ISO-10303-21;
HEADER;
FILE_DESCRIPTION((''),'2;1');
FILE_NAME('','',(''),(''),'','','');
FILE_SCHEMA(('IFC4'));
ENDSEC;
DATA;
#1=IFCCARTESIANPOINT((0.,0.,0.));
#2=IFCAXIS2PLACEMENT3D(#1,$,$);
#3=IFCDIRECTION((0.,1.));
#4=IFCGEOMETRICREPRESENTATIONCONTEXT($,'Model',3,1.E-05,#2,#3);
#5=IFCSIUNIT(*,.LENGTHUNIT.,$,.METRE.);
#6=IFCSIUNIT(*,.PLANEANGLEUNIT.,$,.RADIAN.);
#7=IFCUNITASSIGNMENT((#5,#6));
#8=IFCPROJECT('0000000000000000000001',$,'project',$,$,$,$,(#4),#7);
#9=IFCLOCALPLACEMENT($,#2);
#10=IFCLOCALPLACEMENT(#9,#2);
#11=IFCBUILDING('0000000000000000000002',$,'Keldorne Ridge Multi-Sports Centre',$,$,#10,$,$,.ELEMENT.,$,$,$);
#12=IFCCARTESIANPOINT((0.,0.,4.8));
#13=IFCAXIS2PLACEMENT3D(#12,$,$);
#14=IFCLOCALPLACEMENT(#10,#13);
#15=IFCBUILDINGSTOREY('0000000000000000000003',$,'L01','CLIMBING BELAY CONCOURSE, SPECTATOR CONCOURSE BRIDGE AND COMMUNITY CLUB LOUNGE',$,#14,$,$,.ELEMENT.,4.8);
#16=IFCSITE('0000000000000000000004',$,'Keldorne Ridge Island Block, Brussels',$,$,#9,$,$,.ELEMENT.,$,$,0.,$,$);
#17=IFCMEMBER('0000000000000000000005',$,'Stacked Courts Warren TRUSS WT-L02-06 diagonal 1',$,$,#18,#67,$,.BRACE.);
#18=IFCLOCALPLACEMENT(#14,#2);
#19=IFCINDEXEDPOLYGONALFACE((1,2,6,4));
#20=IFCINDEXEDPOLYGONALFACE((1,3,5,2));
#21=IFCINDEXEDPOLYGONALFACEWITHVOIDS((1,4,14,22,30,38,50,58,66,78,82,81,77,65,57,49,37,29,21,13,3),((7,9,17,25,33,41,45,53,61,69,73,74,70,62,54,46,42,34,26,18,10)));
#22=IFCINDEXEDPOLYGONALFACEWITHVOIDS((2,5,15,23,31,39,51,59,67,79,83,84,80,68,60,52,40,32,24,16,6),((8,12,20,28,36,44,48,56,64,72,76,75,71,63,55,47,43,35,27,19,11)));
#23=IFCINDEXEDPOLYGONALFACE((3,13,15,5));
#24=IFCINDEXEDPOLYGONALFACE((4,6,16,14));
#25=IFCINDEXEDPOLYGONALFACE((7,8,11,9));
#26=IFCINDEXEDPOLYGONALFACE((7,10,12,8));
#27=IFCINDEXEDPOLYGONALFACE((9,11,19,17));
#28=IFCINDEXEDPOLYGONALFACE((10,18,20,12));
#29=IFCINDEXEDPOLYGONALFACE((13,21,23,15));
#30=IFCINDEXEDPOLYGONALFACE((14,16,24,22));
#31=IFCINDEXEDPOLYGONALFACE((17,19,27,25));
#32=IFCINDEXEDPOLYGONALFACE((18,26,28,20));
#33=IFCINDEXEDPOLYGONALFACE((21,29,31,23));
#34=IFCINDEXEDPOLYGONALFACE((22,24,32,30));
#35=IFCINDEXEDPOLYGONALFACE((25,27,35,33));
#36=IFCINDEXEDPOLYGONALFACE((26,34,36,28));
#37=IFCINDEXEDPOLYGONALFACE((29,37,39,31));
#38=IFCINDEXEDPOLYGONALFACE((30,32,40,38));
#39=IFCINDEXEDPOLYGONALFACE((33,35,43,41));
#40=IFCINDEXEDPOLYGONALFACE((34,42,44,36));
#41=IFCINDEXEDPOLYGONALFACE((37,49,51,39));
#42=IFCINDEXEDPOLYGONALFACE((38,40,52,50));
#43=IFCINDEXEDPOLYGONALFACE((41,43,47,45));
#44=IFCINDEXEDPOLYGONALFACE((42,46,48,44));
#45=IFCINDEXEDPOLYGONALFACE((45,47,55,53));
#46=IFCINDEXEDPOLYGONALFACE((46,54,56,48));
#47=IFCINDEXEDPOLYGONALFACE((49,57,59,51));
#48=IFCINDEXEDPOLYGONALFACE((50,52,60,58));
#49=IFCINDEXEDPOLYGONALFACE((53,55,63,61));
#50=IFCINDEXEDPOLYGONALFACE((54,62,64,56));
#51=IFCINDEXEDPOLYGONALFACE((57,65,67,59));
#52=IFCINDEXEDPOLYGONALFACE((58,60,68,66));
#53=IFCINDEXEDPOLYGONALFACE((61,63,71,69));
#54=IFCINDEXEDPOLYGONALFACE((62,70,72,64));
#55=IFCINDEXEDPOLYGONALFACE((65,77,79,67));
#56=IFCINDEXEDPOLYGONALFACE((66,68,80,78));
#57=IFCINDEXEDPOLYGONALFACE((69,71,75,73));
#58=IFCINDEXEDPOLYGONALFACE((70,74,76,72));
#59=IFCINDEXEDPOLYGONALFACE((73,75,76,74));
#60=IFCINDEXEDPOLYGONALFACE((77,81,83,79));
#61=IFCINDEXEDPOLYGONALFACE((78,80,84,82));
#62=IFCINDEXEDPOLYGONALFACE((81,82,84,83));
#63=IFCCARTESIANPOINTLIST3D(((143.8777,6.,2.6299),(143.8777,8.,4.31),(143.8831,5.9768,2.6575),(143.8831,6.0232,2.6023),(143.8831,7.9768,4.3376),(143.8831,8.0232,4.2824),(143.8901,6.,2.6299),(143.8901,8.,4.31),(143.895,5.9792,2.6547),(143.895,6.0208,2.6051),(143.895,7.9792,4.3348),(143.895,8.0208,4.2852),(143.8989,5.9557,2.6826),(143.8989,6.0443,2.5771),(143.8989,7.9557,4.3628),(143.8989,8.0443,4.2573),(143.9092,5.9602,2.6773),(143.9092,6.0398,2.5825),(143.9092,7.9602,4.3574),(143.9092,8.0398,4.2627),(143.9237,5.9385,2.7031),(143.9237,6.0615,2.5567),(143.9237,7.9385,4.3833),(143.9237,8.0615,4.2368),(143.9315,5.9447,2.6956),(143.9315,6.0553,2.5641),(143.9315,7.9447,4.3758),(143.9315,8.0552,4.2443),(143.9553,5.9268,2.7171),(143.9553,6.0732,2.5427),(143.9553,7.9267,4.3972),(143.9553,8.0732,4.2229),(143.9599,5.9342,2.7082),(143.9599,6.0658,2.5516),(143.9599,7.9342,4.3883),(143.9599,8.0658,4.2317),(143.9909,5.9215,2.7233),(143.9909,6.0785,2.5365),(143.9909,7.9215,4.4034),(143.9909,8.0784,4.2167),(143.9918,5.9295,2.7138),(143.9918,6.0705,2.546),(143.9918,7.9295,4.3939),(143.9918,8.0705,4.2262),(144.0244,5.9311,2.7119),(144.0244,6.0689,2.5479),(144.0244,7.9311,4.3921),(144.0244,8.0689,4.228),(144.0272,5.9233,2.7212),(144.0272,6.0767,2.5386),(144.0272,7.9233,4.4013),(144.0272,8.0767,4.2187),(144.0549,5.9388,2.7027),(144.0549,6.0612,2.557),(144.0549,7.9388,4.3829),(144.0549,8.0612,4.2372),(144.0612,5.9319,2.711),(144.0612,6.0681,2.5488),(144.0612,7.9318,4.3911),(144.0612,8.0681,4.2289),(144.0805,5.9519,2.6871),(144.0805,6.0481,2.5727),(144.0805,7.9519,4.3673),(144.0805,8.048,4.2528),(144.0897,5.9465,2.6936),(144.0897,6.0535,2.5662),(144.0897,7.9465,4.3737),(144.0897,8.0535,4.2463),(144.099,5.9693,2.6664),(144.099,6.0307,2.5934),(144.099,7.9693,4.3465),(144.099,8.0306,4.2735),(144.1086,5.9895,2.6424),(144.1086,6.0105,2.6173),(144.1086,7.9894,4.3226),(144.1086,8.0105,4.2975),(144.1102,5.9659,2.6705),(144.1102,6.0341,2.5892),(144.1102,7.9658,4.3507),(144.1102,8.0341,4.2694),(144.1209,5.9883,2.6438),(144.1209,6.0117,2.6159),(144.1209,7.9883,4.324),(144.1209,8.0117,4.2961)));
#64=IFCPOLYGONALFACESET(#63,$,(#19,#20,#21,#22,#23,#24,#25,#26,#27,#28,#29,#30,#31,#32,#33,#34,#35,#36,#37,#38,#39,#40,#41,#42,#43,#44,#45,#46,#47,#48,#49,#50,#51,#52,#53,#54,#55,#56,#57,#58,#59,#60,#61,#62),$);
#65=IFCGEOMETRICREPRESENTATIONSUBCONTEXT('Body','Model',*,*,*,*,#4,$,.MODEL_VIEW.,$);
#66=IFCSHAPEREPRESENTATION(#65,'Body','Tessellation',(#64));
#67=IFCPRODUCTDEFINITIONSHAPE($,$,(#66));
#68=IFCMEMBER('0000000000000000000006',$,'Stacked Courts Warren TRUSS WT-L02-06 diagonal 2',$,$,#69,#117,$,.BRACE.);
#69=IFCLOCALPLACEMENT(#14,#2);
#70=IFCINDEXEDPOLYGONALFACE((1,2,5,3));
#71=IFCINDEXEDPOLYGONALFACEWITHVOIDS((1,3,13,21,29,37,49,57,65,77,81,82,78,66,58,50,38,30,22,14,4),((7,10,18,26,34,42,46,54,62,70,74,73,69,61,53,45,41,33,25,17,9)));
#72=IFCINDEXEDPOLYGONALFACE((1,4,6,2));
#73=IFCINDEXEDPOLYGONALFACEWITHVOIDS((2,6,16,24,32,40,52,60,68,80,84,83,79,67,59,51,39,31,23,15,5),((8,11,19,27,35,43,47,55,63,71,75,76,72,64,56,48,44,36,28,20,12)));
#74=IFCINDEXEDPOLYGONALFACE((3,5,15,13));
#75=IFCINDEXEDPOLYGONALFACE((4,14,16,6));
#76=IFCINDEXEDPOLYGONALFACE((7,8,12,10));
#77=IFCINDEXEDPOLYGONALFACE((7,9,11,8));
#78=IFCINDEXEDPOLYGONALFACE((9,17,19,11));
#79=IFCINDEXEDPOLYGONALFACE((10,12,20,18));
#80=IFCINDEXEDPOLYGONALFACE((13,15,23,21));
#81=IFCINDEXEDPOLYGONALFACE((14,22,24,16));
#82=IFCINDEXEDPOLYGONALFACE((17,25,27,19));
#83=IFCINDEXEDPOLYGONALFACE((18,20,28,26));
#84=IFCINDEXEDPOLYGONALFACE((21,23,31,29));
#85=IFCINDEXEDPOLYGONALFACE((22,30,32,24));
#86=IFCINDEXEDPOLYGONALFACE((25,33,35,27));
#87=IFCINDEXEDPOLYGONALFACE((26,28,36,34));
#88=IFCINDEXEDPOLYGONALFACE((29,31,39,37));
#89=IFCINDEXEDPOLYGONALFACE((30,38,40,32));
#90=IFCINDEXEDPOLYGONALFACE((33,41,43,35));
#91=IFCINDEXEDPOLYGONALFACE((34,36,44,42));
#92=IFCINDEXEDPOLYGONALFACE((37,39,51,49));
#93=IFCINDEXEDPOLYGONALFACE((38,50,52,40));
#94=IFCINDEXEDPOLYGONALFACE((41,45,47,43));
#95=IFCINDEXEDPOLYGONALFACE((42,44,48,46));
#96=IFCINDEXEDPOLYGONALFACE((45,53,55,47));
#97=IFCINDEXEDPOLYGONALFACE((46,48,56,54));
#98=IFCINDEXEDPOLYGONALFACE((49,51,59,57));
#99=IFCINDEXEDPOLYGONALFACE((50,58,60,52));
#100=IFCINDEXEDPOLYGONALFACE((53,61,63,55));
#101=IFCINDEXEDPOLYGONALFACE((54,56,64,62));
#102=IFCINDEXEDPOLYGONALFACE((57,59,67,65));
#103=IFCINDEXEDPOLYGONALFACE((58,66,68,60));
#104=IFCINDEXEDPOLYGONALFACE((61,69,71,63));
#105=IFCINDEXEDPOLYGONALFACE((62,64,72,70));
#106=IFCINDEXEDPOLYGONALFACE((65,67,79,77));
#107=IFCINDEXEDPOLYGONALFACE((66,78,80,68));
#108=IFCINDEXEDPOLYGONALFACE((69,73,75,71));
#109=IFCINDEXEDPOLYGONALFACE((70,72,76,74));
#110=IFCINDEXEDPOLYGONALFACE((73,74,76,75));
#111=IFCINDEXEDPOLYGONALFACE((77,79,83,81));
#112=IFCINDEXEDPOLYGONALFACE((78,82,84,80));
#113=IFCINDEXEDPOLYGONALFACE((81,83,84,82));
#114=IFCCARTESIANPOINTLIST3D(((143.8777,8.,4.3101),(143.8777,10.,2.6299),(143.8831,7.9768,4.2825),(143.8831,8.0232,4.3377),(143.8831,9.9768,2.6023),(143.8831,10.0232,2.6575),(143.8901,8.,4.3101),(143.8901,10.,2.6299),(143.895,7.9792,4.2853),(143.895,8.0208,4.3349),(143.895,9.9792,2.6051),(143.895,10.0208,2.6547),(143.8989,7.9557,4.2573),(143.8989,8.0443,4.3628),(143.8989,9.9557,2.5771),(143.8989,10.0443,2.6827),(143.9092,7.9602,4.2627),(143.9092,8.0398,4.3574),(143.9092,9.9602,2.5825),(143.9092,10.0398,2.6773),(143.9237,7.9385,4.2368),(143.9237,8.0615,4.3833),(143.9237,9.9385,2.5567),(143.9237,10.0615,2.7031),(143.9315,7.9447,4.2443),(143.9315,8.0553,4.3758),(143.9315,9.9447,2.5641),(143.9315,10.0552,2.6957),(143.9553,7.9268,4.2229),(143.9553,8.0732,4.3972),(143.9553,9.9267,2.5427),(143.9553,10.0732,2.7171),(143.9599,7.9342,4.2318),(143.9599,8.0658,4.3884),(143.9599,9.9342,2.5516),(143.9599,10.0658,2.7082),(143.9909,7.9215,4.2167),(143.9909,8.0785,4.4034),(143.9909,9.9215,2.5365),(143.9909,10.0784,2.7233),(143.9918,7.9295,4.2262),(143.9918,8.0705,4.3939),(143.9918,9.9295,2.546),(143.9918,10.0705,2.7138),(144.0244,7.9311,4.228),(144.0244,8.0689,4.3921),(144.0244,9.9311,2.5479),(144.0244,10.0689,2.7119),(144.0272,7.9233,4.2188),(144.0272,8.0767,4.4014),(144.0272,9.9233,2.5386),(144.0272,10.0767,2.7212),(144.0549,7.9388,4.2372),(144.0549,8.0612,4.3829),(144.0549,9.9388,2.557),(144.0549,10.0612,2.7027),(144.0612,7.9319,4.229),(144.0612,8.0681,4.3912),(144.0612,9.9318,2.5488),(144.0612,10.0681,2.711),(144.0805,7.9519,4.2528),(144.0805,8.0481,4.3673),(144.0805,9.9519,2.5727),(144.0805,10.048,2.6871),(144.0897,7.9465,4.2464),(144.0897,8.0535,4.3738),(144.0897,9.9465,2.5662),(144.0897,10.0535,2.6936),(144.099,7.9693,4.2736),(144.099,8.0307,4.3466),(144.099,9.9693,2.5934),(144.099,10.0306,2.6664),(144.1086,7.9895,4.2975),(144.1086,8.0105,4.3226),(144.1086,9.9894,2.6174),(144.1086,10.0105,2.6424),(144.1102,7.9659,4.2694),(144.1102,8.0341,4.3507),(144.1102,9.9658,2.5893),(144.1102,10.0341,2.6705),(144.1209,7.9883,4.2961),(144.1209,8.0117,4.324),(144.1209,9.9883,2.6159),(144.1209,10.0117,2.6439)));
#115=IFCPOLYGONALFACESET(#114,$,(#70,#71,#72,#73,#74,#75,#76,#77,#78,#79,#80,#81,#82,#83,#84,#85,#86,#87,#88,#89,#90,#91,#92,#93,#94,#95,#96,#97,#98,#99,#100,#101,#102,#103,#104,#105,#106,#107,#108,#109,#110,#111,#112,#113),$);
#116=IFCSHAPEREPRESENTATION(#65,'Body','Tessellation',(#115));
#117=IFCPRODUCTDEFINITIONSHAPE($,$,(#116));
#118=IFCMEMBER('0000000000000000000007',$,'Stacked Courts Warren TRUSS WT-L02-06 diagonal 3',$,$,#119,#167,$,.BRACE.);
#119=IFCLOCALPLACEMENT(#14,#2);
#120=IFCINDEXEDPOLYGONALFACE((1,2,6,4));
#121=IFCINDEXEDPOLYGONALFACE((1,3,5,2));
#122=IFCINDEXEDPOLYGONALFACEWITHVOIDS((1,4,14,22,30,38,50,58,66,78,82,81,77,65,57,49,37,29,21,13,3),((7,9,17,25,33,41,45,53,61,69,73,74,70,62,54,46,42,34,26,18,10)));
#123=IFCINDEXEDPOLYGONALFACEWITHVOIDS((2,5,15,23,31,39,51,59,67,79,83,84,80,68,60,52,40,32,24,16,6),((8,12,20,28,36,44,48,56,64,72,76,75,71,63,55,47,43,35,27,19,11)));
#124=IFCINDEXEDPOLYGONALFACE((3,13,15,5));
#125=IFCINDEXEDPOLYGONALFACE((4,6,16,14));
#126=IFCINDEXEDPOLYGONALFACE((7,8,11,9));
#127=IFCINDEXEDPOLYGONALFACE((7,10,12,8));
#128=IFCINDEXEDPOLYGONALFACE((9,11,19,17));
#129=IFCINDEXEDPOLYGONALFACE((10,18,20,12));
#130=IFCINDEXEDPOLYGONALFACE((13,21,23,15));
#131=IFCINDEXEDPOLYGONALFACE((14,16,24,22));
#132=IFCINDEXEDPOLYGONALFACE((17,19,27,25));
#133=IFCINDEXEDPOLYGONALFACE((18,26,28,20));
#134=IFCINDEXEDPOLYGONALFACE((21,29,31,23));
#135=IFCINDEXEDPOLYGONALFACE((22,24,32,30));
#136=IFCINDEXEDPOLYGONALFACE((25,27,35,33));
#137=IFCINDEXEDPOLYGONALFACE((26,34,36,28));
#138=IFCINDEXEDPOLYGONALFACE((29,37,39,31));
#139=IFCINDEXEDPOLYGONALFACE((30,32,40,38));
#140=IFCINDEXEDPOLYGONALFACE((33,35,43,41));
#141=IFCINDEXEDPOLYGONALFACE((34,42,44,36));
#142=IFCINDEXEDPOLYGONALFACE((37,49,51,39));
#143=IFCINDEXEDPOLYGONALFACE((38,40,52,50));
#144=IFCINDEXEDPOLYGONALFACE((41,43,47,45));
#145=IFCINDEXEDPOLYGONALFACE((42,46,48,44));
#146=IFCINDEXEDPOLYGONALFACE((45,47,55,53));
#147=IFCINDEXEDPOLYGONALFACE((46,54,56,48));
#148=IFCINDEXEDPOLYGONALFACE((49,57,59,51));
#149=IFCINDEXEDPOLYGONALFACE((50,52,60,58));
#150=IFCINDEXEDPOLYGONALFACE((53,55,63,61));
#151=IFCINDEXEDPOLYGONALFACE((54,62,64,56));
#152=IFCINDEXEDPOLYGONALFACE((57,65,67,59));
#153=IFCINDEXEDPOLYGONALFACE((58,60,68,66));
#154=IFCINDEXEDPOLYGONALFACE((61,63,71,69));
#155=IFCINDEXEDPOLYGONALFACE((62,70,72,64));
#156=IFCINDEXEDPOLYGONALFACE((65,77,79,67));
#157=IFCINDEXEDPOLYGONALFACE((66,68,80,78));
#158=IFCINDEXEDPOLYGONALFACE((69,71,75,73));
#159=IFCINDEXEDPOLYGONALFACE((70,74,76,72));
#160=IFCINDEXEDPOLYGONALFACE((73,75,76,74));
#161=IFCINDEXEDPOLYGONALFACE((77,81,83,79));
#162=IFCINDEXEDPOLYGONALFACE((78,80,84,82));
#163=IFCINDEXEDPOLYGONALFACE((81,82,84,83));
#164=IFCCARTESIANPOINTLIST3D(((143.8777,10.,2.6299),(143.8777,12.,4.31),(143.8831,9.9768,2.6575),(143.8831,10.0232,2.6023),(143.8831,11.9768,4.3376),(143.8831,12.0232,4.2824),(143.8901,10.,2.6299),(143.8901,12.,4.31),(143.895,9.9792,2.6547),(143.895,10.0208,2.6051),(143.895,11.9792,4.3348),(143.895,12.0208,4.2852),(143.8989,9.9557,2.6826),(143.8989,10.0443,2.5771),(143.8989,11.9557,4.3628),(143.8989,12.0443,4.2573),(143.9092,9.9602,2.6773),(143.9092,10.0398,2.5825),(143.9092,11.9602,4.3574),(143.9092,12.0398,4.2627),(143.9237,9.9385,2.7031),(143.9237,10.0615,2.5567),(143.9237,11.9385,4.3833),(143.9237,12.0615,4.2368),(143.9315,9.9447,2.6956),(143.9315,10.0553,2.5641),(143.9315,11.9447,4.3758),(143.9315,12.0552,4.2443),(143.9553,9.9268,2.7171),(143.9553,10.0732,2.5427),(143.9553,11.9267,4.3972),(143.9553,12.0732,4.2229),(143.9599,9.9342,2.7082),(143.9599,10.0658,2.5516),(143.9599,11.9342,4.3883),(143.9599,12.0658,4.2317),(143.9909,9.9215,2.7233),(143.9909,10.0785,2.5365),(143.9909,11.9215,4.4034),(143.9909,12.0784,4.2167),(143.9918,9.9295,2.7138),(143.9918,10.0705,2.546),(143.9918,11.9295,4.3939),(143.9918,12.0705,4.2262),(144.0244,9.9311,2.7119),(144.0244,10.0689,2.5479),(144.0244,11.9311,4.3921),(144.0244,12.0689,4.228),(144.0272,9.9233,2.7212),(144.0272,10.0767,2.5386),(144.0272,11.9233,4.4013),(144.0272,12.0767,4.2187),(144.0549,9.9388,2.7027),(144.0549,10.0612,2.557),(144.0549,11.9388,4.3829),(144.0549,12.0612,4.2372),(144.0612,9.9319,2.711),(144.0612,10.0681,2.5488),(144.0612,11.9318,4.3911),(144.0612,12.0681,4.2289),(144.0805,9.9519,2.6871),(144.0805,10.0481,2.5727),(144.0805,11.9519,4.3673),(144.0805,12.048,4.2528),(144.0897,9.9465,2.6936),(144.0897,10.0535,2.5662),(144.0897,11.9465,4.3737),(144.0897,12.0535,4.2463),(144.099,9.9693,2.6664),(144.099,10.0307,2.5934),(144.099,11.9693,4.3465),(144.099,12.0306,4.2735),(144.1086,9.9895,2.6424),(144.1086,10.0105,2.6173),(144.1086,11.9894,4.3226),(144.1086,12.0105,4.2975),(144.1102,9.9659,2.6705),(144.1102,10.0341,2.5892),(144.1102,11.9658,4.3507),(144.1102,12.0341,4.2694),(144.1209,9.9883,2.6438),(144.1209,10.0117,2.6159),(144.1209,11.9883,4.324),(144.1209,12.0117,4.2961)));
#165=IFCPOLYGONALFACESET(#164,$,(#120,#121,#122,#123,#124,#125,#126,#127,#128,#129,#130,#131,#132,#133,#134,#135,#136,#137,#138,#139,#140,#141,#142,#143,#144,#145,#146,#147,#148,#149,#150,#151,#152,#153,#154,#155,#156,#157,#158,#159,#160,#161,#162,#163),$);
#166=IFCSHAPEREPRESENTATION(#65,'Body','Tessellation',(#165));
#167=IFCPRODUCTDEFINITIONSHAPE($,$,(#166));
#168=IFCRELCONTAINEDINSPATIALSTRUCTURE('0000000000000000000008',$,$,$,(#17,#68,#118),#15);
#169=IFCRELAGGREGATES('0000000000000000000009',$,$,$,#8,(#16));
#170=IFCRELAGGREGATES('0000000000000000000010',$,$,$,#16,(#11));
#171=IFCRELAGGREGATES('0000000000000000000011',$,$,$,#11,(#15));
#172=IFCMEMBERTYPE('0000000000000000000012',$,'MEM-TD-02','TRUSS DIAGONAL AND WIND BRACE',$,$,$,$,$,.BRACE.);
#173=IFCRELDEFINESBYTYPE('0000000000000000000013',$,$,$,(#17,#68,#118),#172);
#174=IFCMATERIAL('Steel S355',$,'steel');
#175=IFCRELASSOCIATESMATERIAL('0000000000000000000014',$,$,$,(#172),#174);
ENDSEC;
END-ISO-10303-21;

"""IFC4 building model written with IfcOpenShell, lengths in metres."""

from ifc_helpers import new_model, si_unit, direction, frame, origin, origin_2d, place, context, subcontext, project, spatial, hollow_circle, extrude, material, material_profile, profile_set, type_object, element, save


model = new_model("IFC4")

# Units and contexts
model_context = context("Model", 3, precision=1e-05, world=origin(), true_north=direction((0.0, 1.0)))
body_context = subcontext(model_context, "Body", "Model", "MODEL_VIEW")
ifc_project = project(units=[si_unit("LENGTHUNIT", "METRE"), si_unit("PLANEANGLEUNIT", "RADIAN")], contexts=[model_context])

# Site, building, storey
site_placement = place(None, origin())
site = spatial("IfcSite", under=ifc_project, at=site_placement, Name="Keldorne Ridge Island Block, Brussels", CompositionType="ELEMENT", RefElevation=0.0)
building_placement = place(site_placement, origin())
building = spatial("IfcBuilding", under=site, at=building_placement, Name="Keldorne Ridge Multi-Sports Centre", CompositionType="ELEMENT")
storey_placement = place(building_placement, frame((0.0, 0.0, 4.8)))
storey = spatial("IfcBuildingStorey", under=building, at=storey_placement, Name="L01", Description="CLIMBING BELAY CONCOURSE, SPECTATOR CONCOURSE BRIDGE AND COMMUNITY CLUB LOUNGE", CompositionType="ELEMENT", Elevation=4.8)

# Shared definitions
ifc_material_1 = material(Name="Steel S355", Category="steel")

# Members
ifc_material_profile_1 = material_profile(ifc_material_1, hollow_circle(Radius=0.1223, WallThickness=0.0125, at=origin_2d()), Name="CHS 244.5x12.5")
ifc_profile_set_1 = profile_set([ifc_material_profile_1], Name="Steel S355")
member_type_1 = type_object("IfcMemberType", Name="MEM-TD-02", Description="TRUSS DIAGONAL AND WIND BRACE", PredefinedType="BRACE", material=ifc_profile_set_1)
for number, where, z_axis, x_axis, name in (
    (1, (144.0, 6.0, 2.6299), (0.0, 0.765672, 0.643232), (-1.0, 0.0, 0.0), "Stacked Courts Warren TRUSS WT-L02-06 diagonal 1"),
    (2, (144.0, 8.0, 4.3101), (0.0, 0.765672, -0.643232), (-1.0, 0.0, 0.0), "Stacked Courts Warren TRUSS WT-L02-06 diagonal 2"),
    (3, (144.0, 10.0, 2.6299), (0.0, 0.765672, 0.643232), (-1.0, 0.0, 0.0), "Stacked Courts Warren TRUSS WT-L02-06 diagonal 3"),
):
    element("IfcMember", number, at=place(storey_placement, frame(where, z_axis=z_axis, x_axis=x_axis)), inside=storey, type_object=member_type_1, Name=name, PredefinedType="BRACE", context=body_context, shape_type="SweptSolid", body=[
        extrude(hollow_circle(Radius=0.1223, WallThickness=0.0125, at=origin_2d()), origin(), (0.0, 0.0, 1.0), 2.6121),
    ])

save(model, "model.ifc")
